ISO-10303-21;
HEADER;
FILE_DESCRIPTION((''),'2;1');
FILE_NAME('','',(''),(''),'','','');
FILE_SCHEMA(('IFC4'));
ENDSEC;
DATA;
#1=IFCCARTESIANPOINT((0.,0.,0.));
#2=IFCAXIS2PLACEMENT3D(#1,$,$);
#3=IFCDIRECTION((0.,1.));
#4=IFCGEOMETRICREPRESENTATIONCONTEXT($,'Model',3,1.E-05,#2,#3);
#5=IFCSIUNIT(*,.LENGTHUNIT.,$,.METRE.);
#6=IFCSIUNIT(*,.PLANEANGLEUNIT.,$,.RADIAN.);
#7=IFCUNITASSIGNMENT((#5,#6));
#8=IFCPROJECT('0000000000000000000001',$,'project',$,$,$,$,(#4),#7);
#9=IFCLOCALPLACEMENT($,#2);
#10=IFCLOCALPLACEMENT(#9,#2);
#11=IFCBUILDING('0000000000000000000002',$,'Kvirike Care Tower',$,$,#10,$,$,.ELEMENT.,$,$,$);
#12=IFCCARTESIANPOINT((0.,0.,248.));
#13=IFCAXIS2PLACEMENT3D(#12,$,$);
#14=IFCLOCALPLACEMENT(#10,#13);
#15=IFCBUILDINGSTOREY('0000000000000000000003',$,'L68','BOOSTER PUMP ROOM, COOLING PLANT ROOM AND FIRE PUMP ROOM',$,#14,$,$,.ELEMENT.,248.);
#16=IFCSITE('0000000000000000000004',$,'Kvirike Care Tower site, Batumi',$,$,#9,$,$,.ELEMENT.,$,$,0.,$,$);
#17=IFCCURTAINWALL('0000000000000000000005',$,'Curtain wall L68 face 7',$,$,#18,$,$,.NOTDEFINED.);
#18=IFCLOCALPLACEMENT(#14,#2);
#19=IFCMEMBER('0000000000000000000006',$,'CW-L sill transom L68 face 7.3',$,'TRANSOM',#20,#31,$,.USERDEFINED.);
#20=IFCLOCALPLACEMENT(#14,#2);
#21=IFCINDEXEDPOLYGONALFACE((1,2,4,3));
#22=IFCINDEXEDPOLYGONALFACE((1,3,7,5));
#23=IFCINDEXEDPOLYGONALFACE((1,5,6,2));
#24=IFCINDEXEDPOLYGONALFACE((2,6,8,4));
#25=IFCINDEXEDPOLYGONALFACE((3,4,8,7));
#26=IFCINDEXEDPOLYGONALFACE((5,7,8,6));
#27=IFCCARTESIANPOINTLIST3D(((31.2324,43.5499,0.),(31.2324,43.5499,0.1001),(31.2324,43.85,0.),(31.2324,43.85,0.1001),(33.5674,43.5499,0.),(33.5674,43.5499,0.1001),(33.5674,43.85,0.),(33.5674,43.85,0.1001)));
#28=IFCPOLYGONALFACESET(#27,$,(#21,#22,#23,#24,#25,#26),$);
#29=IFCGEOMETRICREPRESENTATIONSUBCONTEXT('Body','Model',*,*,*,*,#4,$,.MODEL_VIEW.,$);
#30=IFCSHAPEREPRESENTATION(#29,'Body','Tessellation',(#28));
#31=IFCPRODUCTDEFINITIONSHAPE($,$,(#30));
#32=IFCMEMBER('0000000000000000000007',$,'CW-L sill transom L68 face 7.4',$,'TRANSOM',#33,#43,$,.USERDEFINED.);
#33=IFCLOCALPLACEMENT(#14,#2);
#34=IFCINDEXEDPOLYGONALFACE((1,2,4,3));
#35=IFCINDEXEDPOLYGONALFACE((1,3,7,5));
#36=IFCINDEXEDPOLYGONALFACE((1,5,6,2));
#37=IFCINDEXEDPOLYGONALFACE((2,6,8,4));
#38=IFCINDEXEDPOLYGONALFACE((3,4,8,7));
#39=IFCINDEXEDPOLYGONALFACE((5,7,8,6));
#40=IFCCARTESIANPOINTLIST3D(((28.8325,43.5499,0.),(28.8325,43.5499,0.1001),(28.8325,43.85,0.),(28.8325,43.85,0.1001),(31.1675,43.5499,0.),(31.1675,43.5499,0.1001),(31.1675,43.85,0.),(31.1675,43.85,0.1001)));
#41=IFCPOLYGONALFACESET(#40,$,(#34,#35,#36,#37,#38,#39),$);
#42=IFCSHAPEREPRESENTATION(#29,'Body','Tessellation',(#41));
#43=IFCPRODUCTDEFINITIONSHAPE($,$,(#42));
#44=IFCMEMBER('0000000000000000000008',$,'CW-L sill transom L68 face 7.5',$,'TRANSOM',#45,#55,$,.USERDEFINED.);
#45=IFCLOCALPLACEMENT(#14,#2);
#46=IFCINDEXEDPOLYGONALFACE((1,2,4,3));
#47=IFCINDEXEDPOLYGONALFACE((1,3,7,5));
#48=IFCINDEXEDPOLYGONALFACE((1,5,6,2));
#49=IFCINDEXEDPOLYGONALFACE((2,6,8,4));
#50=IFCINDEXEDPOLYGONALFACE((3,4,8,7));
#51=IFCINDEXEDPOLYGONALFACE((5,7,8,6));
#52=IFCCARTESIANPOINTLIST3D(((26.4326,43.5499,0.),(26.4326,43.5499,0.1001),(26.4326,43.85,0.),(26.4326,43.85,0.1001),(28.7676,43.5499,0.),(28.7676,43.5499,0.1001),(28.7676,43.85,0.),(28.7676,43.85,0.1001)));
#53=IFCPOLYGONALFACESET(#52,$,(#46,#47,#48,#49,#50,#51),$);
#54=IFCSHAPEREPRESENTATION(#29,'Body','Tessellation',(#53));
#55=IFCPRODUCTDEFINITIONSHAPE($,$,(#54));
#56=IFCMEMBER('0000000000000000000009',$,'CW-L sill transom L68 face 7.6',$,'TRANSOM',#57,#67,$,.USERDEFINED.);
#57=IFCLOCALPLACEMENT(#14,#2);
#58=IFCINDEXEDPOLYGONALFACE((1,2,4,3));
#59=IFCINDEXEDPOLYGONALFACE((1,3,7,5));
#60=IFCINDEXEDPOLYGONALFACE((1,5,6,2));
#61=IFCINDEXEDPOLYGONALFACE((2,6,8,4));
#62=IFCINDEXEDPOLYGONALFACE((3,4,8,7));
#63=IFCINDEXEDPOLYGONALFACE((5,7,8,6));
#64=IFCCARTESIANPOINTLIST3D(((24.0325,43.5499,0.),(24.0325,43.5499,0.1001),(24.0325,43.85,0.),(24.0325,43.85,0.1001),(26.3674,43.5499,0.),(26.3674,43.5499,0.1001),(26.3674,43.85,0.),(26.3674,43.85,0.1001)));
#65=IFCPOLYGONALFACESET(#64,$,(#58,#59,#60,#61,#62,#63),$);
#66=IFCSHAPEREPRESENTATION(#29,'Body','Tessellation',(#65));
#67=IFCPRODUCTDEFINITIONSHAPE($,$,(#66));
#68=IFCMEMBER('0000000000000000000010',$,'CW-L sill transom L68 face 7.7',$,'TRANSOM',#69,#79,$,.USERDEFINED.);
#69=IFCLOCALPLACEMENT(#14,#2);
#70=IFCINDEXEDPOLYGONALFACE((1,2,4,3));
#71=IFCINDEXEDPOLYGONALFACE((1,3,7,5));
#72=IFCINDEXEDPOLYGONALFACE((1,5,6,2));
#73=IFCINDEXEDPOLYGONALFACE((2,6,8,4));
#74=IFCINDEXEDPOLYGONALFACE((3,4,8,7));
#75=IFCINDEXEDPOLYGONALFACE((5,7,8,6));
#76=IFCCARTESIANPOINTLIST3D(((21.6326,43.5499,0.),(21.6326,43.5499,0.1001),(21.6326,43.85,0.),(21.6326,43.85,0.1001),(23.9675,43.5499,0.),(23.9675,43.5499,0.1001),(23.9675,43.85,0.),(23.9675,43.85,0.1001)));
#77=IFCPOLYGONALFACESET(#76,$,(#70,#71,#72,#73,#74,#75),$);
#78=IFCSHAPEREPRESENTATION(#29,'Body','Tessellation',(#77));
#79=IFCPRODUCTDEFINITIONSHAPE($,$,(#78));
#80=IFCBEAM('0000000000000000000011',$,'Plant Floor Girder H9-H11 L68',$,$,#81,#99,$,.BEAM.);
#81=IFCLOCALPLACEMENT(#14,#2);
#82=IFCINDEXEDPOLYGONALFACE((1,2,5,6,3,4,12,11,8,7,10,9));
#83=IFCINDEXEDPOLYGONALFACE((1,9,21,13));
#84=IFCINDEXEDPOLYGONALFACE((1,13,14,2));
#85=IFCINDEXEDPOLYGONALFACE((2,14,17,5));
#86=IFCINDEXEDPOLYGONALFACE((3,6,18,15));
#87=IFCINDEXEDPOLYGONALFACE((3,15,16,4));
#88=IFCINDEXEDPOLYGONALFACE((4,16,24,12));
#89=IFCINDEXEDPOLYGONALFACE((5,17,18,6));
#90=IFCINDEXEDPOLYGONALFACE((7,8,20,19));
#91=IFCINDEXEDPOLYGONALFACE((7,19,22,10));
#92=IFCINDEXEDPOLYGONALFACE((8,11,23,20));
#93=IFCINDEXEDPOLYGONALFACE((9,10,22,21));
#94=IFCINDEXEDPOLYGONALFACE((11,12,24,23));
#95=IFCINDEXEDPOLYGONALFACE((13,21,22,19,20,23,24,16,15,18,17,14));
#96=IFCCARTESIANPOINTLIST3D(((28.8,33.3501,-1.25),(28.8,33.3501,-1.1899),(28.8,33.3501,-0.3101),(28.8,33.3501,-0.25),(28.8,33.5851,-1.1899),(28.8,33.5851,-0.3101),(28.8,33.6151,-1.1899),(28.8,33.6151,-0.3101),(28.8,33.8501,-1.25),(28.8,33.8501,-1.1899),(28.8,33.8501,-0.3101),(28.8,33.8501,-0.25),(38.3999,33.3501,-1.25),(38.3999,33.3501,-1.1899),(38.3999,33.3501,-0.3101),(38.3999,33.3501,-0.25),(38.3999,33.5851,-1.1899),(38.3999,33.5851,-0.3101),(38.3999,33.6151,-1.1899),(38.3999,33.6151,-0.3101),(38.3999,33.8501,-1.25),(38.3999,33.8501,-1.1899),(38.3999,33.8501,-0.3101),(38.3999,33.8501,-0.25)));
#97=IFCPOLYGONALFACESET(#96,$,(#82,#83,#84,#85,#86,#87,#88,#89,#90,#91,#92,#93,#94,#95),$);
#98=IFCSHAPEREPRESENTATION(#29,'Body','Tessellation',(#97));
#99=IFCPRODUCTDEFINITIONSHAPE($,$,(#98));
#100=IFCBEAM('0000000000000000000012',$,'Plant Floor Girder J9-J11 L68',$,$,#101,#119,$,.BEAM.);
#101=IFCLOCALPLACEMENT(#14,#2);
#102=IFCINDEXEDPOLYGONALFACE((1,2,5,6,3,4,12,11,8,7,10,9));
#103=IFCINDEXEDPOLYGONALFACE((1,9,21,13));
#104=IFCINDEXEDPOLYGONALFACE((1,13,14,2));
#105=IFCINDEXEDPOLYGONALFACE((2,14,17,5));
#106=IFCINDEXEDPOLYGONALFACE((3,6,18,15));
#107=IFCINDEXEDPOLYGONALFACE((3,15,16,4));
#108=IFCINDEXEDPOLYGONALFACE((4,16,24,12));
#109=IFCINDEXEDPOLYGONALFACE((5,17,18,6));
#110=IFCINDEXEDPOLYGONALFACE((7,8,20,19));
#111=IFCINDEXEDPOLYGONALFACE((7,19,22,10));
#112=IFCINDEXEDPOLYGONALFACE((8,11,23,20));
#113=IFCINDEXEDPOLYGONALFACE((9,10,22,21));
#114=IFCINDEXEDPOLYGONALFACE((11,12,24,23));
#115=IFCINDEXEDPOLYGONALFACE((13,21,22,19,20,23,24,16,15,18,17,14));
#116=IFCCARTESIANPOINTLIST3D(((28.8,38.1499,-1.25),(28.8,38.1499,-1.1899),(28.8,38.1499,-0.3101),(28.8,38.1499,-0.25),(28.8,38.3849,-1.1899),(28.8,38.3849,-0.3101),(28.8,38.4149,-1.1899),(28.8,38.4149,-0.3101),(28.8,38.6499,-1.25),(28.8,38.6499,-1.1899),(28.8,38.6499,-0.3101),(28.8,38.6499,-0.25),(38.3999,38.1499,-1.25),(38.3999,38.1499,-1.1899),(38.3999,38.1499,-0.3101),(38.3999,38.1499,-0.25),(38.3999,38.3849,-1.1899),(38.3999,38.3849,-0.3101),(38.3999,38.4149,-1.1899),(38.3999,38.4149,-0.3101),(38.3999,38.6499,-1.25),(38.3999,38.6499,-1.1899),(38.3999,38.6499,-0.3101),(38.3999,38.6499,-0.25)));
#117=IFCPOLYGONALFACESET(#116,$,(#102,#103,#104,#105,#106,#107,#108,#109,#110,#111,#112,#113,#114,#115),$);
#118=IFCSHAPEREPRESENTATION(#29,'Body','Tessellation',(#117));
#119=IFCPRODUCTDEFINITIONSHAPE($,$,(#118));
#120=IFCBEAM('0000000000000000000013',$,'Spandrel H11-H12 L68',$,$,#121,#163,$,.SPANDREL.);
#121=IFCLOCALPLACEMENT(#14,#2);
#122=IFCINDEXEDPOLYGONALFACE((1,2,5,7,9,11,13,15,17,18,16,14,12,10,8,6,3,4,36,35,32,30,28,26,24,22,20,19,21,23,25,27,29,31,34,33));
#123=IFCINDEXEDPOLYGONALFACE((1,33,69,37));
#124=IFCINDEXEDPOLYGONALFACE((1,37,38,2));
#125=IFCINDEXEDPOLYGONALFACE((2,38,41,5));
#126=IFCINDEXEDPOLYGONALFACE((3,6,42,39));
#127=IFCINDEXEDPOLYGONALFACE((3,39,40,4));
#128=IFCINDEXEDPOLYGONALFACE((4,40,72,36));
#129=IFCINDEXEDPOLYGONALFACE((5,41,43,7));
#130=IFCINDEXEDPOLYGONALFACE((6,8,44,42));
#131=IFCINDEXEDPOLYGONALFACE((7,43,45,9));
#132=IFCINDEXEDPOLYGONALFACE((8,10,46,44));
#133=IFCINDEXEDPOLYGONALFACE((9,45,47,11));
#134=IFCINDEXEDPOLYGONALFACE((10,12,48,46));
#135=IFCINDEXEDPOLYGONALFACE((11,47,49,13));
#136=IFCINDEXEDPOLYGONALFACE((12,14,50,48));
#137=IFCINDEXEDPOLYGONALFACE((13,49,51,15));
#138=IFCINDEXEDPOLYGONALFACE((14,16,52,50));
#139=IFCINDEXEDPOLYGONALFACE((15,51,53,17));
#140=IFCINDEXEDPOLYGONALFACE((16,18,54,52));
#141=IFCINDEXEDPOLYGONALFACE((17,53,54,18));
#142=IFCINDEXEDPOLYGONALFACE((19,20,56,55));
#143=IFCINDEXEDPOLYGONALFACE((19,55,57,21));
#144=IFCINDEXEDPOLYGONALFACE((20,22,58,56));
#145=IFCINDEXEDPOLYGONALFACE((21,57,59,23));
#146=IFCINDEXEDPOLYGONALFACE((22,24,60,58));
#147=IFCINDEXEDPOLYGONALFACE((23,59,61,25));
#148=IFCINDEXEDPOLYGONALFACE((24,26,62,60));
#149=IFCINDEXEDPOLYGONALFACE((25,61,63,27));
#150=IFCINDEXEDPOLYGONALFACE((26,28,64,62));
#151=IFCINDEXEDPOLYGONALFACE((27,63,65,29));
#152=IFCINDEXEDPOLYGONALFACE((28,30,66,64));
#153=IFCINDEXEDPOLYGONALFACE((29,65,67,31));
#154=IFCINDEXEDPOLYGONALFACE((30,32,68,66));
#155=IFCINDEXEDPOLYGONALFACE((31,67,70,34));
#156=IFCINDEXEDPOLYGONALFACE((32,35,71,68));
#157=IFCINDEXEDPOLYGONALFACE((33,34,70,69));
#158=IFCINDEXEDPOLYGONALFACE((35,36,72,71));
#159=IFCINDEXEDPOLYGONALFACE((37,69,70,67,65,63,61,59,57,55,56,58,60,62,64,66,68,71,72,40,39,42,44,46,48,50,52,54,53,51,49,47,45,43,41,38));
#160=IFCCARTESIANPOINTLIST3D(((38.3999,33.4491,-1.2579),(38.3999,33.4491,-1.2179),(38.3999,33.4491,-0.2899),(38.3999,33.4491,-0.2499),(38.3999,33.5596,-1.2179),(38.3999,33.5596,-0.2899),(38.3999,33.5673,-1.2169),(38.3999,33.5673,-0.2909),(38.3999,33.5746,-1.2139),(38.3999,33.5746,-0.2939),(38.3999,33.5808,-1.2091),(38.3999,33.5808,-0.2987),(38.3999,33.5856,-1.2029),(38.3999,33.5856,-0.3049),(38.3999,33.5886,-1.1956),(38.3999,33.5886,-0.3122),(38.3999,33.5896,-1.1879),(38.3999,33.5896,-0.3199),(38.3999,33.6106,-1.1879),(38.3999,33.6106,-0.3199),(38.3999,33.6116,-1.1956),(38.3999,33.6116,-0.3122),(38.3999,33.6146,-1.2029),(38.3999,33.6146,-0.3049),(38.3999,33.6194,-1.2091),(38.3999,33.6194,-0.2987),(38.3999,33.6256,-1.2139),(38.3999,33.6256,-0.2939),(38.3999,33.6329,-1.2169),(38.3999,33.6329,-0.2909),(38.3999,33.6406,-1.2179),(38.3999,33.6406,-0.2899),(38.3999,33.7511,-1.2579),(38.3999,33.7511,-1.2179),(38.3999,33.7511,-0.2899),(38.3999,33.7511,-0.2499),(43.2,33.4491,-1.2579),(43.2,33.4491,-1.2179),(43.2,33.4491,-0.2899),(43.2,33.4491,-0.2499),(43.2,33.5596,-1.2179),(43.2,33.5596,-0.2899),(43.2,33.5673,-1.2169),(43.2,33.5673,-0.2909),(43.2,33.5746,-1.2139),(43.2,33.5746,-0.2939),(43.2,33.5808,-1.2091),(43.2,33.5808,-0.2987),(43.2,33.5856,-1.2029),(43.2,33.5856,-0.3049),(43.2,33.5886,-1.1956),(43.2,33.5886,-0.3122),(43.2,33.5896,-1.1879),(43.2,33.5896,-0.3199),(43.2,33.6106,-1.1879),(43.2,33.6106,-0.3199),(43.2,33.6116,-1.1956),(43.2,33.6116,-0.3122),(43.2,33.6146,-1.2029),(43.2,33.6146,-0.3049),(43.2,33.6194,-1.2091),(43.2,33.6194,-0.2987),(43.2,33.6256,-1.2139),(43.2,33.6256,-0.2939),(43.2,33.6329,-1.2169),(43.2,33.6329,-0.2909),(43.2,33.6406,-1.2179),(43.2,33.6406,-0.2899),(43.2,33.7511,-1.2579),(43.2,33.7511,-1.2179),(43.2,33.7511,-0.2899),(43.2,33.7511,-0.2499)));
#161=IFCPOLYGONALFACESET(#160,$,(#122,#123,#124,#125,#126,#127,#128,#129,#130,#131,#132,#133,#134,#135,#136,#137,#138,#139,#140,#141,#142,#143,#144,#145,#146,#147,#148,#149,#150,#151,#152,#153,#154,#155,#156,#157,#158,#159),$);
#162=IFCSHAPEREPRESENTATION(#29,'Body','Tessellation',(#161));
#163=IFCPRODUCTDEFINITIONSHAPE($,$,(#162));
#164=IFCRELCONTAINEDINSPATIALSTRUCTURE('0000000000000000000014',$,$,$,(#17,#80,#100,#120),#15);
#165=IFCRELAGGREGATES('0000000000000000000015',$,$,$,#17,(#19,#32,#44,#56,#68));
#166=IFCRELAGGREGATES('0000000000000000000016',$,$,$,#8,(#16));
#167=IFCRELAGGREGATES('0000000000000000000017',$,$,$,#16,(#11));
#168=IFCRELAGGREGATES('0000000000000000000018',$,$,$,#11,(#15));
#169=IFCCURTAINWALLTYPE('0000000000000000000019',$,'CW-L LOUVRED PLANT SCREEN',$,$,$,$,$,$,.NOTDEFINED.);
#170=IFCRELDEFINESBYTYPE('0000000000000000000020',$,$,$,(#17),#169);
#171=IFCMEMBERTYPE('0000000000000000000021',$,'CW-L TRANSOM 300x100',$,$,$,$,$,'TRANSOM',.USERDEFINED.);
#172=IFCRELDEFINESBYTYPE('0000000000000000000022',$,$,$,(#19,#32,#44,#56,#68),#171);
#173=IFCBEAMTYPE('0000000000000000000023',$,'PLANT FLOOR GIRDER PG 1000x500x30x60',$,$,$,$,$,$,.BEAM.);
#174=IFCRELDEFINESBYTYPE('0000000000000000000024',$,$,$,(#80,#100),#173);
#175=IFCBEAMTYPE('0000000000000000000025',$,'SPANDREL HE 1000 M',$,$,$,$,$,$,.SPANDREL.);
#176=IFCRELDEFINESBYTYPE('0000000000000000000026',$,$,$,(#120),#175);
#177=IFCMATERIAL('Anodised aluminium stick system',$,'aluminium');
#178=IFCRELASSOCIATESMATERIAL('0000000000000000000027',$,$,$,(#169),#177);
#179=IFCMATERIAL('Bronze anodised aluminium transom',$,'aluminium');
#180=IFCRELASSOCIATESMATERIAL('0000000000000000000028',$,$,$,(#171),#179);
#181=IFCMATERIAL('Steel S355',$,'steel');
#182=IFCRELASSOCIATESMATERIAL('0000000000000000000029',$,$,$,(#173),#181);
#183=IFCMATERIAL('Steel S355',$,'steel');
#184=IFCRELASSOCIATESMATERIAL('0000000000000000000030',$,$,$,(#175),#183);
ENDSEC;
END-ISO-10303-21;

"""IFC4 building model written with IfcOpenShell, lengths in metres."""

from ifc_helpers import new_model, si_unit, direction, frame, origin, origin_2d, place, context, subcontext, project, spatial, rectangle, i_section, extrude, material, material_profile, profile_set, type_object, element, aggregate, save


model = new_model("IFC4")

# Units and contexts
model_context = context("Model", 3, precision=1e-05, world=origin(), true_north=direction((0.0, 1.0)))
body_context = subcontext(model_context, "Body", "Model", "MODEL_VIEW")
ifc_project = project(units=[si_unit("LENGTHUNIT", "METRE"), si_unit("PLANEANGLEUNIT", "RADIAN")], contexts=[model_context])

# Site, building, storey
site_placement = place(None, origin())
site = spatial("IfcSite", under=ifc_project, at=site_placement, Name="Kvirike Care Tower site, Batumi", CompositionType="ELEMENT", RefElevation=0.0)
building_placement = place(site_placement, origin())
building = spatial("IfcBuilding", under=site, at=building_placement, Name="Kvirike Care Tower", CompositionType="ELEMENT")
storey_placement = place(building_placement, frame((0.0, 0.0, 248.0)))
storey = spatial("IfcBuildingStorey", under=building, at=storey_placement, Name="L68", Description="BOOSTER PUMP ROOM, COOLING PLANT ROOM AND FIRE PUMP ROOM", CompositionType="ELEMENT", Elevation=248.0)

# Curtain wall, members
ifc_material_1 = material(Name="Anodised aluminium stick system", Category="aluminium")
curtain_wall_type = type_object("IfcCurtainWallType", Name="CW-L LOUVRED PLANT SCREEN", PredefinedType="NOTDEFINED", material=ifc_material_1)
curtain_wall_placement = place(storey_placement, origin())
curtain_wall = element("IfcCurtainWall", 1, at=curtain_wall_placement, inside=storey, type_object=curtain_wall_type, Name="Curtain wall L68 face 7", PredefinedType="NOTDEFINED")
ifc_material_2 = material(Name="Bronze anodised aluminium transom", Category="aluminium")
ifc_material_profile_1 = material_profile(ifc_material_2, rectangle(XDim=0.3, YDim=0.1001, at=origin_2d()), Name="CW-L TRANSOM 300x100")
ifc_profile_set_1 = profile_set([ifc_material_profile_1], Name="Bronze anodised aluminium transom")
member_type_1 = type_object("IfcMemberType", Name="CW-L TRANSOM 300x100", ElementType="TRANSOM", PredefinedType="USERDEFINED", material=ifc_profile_set_1)
member_1_placement = place(storey_placement, frame((33.5674, 43.7, 0.05), z_axis=(-1.0, 0.0, 0.0), x_axis=(0.0, -1.0, 0.0)))
member_1 = element("IfcMember", 2, at=member_1_placement, type_object=member_type_1, Name="CW-L sill transom L68 face 7.3", ObjectType="TRANSOM", PredefinedType="USERDEFINED", context=body_context, shape_type="SweptSolid", body=[
    extrude(rectangle(XDim=0.3, YDim=0.1001, at=origin_2d()), origin(), (0.0, 0.0, 1.0), 2.335),
])
member_2_placement = place(storey_placement, frame((31.1675, 43.7, 0.05), z_axis=(-1.0, 0.0, 0.0), x_axis=(0.0, -1.0, 0.0)))
member_2 = element("IfcMember", 3, at=member_2_placement, type_object=member_type_1, Name="CW-L sill transom L68 face 7.4", ObjectType="TRANSOM", PredefinedType="USERDEFINED", context=body_context, shape_type="SweptSolid", body=[
    extrude(rectangle(XDim=0.3, YDim=0.1001, at=origin_2d()), origin(), (0.0, 0.0, 1.0), 2.335),
])
member_3_placement = place(storey_placement, frame((28.7676, 43.7, 0.05), z_axis=(-1.0, 0.0, 0.0), x_axis=(0.0, -1.0, 0.0)))
member_3 = element("IfcMember", 4, at=member_3_placement, type_object=member_type_1, Name="CW-L sill transom L68 face 7.5", ObjectType="TRANSOM", PredefinedType="USERDEFINED", context=body_context, shape_type="SweptSolid", body=[
    extrude(rectangle(XDim=0.3, YDim=0.1001, at=origin_2d()), origin(), (0.0, 0.0, 1.0), 2.335),
])
member_4_placement = place(storey_placement, frame((26.3674, 43.7, 0.05), z_axis=(-1.0, 0.0, 0.0), x_axis=(0.0, -1.0, 0.0)))
member_4 = element("IfcMember", 5, at=member_4_placement, type_object=member_type_1, Name="CW-L sill transom L68 face 7.6", ObjectType="TRANSOM", PredefinedType="USERDEFINED", context=body_context, shape_type="SweptSolid", body=[
    extrude(rectangle(XDim=0.3, YDim=0.1001, at=origin_2d()), origin(), (0.0, 0.0, 1.0), 2.335),
])
member_5_placement = place(storey_placement, frame((23.9675, 43.7, 0.05), z_axis=(-1.0, 0.0, 0.0), x_axis=(0.0, -1.0, 0.0)))
member_5 = element("IfcMember", 6, at=member_5_placement, type_object=member_type_1, Name="CW-L sill transom L68 face 7.7", ObjectType="TRANSOM", PredefinedType="USERDEFINED", context=body_context, shape_type="SweptSolid", body=[
    extrude(rectangle(XDim=0.3, YDim=0.1001, at=origin_2d()), origin(), (0.0, 0.0, 1.0), 2.335),
])
aggregate(curtain_wall, [member_1, member_2, member_3, member_4, member_5])

# Beams
ifc_material_3 = material(Name="Steel S355", Category="steel")
ifc_material_profile_2 = material_profile(ifc_material_3, i_section(OverallWidth=0.5, OverallDepth=1.0, WebThickness=0.03, FlangeThickness=0.0601, at=origin_2d()), Name="PG 1000x500x30x60")
ifc_profile_set_2 = profile_set([ifc_material_profile_2], Name="Steel S355")
beam_type_1 = type_object("IfcBeamType", Name="PLANT FLOOR GIRDER PG 1000x500x30x60", PredefinedType="BEAM", material=ifc_profile_set_2)
for number, where, z_axis, x_axis, name in (
    (7, (28.8, 33.6001, -0.75), (1.0, 0.0, 0.0), (0.0, 1.0, 0.0), "Plant Floor Girder H9-H11 L68"),
    (8, (28.8, 38.3999, -0.75), (1.0, 0.0, 0.0), (0.0, 1.0, 0.0), "Plant Floor Girder J9-J11 L68"),
):
    element("IfcBeam", number, at=place(storey_placement, frame(where, z_axis=z_axis, x_axis=x_axis)), inside=storey, type_object=beam_type_1, Name=name, PredefinedType="BEAM", context=body_context, shape_type="SweptSolid", body=[
        extrude(i_section(OverallWidth=0.5, OverallDepth=1.0, WebThickness=0.03, FlangeThickness=0.0601, at=origin_2d()), origin(), (0.0, 0.0, 1.0), 9.5999),
    ])
ifc_material_4 = material(Name="Steel S355", Category="steel")
ifc_material_profile_3 = material_profile(ifc_material_4, i_section(OverallWidth=0.302, OverallDepth=1.0081, WebThickness=0.021, FlangeThickness=0.04, FilletRadius=0.03, at=origin_2d()), Name="HE 1000 M")
ifc_profile_set_3 = profile_set([ifc_material_profile_3], Name="Steel S355")
beam_type_2 = type_object("IfcBeamType", Name="SPANDREL HE 1000 M", PredefinedType="SPANDREL", material=ifc_profile_set_3)
for number, where, z_axis, x_axis, name in (
    (9, (38.3999, 33.6001, -0.7539), (1.0, 0.0, 0.0), (0.0, 1.0, 0.0), "Spandrel H11-H12 L68"),
):
    element("IfcBeam", number, at=place(storey_placement, frame(where, z_axis=z_axis, x_axis=x_axis)), inside=storey, type_object=beam_type_2, Name=name, PredefinedType="SPANDREL", context=body_context, shape_type="SweptSolid", body=[
        extrude(i_section(OverallWidth=0.302, OverallDepth=1.0081, WebThickness=0.021, FlangeThickness=0.04, FilletRadius=0.03, at=origin_2d()), origin(), (0.0, 0.0, 1.0), 4.8),
    ])

save(model, "model.ifc")
